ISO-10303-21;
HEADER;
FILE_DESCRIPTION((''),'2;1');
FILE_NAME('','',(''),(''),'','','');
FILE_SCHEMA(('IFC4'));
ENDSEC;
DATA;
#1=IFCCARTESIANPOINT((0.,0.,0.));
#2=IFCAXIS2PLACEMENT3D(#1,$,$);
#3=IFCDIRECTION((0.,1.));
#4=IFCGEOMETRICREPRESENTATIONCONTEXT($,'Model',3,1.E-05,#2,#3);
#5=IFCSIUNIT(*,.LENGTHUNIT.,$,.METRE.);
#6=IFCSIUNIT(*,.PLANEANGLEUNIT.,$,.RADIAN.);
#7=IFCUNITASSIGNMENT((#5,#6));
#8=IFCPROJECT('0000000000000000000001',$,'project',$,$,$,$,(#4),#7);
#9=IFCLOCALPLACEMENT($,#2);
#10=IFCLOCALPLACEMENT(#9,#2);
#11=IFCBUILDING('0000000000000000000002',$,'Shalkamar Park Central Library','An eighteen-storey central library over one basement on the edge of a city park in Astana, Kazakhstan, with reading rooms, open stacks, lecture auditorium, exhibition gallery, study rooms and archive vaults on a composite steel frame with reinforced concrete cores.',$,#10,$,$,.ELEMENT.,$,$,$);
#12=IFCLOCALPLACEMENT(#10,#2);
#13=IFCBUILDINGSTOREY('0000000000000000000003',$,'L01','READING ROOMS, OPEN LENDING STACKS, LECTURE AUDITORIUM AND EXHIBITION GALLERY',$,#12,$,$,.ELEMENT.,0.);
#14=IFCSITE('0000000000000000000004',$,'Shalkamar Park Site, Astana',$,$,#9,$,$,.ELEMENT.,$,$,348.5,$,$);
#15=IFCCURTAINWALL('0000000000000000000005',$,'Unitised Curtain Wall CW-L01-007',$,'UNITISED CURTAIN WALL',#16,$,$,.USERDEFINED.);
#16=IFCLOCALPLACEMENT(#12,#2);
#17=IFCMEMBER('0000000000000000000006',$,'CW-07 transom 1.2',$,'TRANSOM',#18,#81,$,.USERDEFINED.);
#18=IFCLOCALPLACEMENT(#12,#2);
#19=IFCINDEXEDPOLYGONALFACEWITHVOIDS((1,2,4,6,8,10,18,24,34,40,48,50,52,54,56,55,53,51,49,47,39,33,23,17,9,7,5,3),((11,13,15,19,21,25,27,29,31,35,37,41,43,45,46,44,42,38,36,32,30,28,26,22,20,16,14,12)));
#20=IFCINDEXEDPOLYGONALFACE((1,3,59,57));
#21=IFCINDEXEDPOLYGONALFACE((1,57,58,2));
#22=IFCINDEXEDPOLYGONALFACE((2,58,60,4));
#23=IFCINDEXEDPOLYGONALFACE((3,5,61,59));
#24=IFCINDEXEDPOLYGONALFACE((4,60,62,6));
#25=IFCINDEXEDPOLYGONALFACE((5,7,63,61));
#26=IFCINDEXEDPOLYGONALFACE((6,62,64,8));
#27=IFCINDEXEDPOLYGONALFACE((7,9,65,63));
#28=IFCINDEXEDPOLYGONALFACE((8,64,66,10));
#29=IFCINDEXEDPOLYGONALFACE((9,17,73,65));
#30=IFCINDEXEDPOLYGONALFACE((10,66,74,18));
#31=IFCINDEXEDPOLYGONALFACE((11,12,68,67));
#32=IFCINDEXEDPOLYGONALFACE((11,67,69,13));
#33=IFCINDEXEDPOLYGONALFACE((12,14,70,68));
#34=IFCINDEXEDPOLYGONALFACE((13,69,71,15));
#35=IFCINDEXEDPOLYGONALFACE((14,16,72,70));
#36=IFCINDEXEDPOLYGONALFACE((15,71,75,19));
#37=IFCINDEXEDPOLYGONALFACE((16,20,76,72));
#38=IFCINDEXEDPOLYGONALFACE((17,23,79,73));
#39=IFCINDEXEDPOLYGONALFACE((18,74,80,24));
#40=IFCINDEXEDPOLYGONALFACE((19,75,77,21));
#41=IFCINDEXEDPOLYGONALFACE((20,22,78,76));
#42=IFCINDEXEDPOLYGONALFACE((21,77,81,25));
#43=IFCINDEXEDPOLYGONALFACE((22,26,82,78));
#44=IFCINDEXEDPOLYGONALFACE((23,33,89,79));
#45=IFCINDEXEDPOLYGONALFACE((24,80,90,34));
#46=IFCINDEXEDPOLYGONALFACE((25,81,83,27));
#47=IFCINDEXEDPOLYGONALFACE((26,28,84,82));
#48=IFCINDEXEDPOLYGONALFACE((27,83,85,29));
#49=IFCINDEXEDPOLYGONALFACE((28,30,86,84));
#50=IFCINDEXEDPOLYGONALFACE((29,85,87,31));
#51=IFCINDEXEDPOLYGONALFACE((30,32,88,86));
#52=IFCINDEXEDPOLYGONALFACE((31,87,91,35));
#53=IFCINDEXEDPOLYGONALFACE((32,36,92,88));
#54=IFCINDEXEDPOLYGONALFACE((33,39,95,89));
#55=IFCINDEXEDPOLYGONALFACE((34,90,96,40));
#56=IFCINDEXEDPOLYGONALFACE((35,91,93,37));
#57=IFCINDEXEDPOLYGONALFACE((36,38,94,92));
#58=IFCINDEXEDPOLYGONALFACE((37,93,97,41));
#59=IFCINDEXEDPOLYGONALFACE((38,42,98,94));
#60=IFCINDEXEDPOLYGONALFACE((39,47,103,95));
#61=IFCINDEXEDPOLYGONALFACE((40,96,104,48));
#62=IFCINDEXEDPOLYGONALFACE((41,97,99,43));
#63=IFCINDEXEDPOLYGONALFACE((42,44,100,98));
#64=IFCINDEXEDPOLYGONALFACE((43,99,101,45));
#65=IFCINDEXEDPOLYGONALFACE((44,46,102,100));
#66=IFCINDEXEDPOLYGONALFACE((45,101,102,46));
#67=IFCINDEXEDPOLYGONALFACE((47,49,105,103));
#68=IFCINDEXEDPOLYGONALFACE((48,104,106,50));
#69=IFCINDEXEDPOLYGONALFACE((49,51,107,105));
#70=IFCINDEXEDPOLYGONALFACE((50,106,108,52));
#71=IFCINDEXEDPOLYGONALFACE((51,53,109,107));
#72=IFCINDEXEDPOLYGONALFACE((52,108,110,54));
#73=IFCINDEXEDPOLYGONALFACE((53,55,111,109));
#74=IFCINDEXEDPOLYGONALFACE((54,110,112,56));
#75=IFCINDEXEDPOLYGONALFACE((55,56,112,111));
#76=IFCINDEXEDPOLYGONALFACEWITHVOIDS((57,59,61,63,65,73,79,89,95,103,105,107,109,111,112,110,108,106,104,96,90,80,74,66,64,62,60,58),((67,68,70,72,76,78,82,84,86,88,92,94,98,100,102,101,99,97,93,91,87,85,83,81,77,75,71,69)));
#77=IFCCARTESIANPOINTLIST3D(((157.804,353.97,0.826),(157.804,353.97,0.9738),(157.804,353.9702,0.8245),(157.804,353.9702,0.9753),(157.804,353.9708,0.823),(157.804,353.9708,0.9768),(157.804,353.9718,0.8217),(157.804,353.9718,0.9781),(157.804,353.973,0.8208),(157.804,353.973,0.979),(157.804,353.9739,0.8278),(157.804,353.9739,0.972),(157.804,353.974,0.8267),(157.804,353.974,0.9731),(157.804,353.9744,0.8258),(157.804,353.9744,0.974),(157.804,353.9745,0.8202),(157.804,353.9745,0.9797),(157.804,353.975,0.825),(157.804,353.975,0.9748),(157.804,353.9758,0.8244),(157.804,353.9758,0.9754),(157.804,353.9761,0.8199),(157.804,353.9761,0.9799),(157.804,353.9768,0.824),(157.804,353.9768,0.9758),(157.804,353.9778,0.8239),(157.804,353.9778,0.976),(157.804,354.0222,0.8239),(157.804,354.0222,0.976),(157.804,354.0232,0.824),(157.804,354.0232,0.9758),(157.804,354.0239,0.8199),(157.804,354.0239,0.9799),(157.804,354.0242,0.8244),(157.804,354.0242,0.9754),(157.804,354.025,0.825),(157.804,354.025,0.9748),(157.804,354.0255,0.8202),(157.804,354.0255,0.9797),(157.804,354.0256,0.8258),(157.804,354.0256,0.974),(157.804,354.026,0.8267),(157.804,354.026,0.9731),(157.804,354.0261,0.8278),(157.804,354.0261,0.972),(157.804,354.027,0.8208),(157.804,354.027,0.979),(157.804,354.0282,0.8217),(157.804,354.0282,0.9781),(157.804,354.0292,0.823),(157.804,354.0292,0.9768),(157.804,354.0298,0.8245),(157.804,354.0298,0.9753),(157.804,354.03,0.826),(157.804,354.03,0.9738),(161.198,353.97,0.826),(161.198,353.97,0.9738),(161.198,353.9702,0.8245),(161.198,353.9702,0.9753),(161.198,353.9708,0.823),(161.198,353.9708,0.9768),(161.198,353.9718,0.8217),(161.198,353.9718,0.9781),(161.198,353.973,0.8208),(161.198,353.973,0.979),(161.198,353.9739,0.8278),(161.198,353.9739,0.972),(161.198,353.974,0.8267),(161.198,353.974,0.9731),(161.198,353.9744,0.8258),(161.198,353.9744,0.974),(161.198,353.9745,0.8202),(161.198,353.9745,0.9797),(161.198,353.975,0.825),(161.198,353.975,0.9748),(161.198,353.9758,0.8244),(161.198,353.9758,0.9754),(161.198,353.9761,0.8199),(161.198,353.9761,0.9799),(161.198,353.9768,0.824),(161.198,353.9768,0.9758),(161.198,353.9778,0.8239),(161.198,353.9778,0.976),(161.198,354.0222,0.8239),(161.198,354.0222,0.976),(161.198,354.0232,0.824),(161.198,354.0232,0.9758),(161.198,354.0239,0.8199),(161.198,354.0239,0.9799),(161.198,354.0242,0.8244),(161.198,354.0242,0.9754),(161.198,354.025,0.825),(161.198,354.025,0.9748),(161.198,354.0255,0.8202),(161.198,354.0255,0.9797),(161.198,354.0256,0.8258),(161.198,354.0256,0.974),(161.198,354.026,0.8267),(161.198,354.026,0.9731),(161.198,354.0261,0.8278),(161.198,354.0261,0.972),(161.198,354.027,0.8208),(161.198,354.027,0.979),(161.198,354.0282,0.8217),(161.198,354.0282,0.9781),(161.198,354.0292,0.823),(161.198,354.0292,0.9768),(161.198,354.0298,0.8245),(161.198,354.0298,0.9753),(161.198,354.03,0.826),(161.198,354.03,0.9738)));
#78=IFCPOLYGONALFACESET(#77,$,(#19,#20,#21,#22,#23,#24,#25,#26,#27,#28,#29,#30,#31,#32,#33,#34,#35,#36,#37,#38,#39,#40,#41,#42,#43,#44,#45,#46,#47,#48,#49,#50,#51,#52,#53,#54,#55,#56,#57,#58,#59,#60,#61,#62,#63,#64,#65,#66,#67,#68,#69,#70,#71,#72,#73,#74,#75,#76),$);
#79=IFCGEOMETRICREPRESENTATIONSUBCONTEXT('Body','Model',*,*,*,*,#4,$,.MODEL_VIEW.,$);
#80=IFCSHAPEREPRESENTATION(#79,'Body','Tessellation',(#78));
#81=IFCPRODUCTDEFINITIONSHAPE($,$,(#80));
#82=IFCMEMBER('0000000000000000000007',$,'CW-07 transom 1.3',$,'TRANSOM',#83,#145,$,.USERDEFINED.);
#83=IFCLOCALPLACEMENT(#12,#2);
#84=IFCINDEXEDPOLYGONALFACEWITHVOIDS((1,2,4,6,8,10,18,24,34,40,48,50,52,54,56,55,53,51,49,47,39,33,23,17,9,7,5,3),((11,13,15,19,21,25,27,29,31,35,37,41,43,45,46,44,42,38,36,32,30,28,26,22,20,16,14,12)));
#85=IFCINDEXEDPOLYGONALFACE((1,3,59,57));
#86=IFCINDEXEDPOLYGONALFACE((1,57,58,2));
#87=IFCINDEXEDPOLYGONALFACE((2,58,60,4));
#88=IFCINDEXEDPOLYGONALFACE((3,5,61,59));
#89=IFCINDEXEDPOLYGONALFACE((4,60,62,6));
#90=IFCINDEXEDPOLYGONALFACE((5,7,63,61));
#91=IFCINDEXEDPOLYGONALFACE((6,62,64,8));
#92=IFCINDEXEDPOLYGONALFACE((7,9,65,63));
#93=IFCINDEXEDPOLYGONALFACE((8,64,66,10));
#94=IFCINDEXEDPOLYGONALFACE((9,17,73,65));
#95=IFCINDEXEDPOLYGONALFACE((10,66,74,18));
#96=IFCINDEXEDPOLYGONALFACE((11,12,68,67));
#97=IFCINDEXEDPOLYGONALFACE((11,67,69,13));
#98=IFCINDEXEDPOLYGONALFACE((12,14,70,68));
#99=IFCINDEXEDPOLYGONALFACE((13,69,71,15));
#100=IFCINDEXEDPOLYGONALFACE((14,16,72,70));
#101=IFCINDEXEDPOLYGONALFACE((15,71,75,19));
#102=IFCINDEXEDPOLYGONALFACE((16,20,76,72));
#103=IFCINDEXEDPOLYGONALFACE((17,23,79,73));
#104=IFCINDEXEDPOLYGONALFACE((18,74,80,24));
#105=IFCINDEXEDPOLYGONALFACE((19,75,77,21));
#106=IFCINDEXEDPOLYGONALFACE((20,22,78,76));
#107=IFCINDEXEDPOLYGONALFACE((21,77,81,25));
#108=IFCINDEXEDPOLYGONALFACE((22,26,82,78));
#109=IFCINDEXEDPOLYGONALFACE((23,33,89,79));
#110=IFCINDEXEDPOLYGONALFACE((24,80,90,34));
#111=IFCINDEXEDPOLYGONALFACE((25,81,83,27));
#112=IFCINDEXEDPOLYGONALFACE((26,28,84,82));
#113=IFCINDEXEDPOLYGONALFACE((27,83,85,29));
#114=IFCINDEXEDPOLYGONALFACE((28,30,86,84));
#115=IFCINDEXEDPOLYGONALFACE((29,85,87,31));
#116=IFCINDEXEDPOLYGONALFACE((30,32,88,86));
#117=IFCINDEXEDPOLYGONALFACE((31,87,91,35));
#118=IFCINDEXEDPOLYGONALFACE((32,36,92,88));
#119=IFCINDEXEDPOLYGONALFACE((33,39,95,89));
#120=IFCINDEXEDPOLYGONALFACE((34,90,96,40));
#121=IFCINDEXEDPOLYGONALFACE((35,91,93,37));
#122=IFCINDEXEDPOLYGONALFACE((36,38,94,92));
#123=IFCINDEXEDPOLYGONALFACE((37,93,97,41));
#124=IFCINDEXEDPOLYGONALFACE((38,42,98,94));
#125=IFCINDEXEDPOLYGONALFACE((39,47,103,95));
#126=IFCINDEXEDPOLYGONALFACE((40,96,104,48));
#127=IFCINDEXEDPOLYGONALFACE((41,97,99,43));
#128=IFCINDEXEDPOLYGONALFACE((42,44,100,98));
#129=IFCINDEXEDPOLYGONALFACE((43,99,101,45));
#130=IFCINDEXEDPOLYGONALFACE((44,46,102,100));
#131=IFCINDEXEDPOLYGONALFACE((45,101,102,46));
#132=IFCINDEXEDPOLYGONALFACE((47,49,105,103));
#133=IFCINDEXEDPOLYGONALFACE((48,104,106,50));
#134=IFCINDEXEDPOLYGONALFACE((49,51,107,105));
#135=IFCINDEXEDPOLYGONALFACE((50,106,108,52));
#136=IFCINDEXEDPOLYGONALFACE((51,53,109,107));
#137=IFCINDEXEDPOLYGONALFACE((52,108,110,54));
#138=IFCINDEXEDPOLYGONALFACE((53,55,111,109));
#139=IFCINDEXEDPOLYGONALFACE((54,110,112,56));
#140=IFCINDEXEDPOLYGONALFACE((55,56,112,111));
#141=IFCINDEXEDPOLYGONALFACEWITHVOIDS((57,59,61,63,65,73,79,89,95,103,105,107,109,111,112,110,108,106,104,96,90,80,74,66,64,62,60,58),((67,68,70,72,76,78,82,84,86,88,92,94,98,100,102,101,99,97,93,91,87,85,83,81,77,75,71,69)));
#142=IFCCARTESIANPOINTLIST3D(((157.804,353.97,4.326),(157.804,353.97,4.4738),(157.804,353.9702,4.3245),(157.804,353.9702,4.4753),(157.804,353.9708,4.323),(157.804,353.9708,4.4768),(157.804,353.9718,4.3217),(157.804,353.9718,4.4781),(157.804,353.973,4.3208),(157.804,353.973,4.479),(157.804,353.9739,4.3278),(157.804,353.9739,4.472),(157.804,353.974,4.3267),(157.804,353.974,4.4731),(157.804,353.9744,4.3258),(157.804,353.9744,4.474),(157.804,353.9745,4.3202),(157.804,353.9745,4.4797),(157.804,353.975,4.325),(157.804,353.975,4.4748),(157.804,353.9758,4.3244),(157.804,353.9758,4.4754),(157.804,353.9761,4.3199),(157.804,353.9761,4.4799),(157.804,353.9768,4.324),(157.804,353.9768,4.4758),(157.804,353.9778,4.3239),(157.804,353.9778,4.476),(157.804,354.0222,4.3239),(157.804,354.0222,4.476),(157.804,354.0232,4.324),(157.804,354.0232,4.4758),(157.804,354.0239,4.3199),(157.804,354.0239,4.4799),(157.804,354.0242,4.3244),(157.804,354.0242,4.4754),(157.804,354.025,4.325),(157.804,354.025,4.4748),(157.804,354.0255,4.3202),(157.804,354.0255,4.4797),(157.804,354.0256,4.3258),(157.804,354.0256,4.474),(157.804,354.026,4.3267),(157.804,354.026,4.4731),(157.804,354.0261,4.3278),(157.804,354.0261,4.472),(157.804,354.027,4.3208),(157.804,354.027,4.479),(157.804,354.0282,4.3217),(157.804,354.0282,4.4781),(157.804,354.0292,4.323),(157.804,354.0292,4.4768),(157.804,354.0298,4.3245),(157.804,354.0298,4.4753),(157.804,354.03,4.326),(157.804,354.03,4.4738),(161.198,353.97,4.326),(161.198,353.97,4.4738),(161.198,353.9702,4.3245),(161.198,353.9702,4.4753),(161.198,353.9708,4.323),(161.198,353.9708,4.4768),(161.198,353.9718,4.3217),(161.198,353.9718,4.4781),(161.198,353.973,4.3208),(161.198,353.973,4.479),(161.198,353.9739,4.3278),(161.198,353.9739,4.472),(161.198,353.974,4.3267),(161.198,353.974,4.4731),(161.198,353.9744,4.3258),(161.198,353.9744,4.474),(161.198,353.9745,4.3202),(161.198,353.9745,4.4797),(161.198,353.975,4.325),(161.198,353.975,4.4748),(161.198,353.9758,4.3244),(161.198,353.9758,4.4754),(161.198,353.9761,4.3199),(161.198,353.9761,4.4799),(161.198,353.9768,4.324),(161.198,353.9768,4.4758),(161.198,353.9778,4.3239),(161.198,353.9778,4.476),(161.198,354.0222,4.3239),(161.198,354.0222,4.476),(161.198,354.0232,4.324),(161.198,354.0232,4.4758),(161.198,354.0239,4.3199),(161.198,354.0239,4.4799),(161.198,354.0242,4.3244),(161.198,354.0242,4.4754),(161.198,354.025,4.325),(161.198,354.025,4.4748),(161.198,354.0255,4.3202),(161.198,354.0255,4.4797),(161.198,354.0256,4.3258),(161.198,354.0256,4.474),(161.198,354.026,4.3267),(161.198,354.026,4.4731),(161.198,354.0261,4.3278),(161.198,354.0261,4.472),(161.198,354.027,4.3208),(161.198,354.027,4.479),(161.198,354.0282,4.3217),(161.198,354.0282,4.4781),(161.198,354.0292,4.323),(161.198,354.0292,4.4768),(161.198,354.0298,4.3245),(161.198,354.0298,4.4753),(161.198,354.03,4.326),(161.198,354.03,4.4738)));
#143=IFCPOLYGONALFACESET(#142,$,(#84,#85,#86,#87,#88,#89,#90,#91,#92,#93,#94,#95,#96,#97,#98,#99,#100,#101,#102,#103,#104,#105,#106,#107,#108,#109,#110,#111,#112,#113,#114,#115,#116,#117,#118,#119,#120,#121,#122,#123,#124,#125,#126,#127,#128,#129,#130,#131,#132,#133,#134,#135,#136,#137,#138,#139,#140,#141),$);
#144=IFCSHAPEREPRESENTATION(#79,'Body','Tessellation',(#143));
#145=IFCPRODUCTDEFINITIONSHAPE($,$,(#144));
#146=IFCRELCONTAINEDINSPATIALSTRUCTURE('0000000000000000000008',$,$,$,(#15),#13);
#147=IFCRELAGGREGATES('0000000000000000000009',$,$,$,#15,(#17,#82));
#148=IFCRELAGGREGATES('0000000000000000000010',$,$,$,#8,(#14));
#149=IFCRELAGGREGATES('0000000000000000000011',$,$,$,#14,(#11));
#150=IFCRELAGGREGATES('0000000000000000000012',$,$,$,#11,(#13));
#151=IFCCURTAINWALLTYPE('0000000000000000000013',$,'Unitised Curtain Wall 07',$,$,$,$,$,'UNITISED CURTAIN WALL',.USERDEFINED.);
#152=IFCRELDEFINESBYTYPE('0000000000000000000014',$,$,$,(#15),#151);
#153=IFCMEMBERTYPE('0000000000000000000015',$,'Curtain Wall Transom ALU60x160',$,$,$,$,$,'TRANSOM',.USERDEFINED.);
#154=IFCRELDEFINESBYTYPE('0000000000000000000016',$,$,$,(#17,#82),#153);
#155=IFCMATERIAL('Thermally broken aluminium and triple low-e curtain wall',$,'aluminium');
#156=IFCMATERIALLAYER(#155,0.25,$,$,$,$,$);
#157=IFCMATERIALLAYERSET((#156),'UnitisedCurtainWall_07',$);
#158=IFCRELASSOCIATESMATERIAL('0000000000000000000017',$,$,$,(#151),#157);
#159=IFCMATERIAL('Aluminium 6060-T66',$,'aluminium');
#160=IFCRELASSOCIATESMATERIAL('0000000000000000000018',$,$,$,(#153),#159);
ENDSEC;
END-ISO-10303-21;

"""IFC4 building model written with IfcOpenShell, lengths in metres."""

from ifc_helpers import new_model, si_unit, direction, frame, origin, origin_2d, place, context, subcontext, project, spatial, hollow_rectangle, extrude, material, layer, layer_set, material_profile, profile_set, type_object, element, aggregate, save


model = new_model("IFC4")

# Units and contexts
model_context = context("Model", 3, precision=1e-05, world=origin(), true_north=direction((0.0, 1.0)))
body_context = subcontext(model_context, "Body", "Model", "MODEL_VIEW")
ifc_project = project(units=[si_unit("LENGTHUNIT", "METRE"), si_unit("PLANEANGLEUNIT", "RADIAN")], contexts=[model_context])

# Site, building, storey
site_placement = place(None, origin())
site = spatial("IfcSite", under=ifc_project, at=site_placement, Name="Shalkamar Park Site, Astana", CompositionType="ELEMENT", RefElevation=348.5)
building_placement = place(site_placement, origin())
building = spatial("IfcBuilding", under=site, at=building_placement, Name="Shalkamar Park Central Library", Description="An eighteen-storey central library over one basement on the edge of a city park in Astana, Kazakhstan, with reading rooms, open stacks, lecture auditorium, exhibition gallery, study rooms and archive vaults on a composite steel frame with reinforced concrete cores.", CompositionType="ELEMENT")
storey_placement = place(building_placement, origin())
storey = spatial("IfcBuildingStorey", under=building, at=storey_placement, Name="L01", Description="READING ROOMS, OPEN LENDING STACKS, LECTURE AUDITORIUM AND EXHIBITION GALLERY", CompositionType="ELEMENT", Elevation=0.0)

# Curtain wall
ifc_material_1 = material(Name="Thermally broken aluminium and triple low-e curtain wall", Category="aluminium")
ifc_layer_1 = layer(ifc_material_1, 0.25)
ifc_layer_set_1 = layer_set([ifc_layer_1], Name="UnitisedCurtainWall_07")
curtain_wall_type_1 = type_object("IfcCurtainWallType", Name="Unitised Curtain Wall 07", ElementType="UNITISED CURTAIN WALL", PredefinedType="USERDEFINED", material=ifc_layer_set_1)
curtain_wall_1_placement = place(storey_placement, origin())
curtain_wall_1 = element("IfcCurtainWall", 1, at=curtain_wall_1_placement, inside=storey, type_object=curtain_wall_type_1, Name="Unitised Curtain Wall CW-L01-007", ObjectType="UNITISED CURTAIN WALL", PredefinedType="USERDEFINED")
ifc_material_2 = material(Name="Aluminium 6060-T66", Category="aluminium")

# Members
ifc_material_profile_1 = material_profile(ifc_material_2, hollow_rectangle(XDim=0.0601, YDim=0.1599, WallThickness=0.0039, InnerFilletRadius=0.0039, OuterFilletRadius=0.0061, at=origin_2d()), Name="ALU 60x160x4")
ifc_profile_set_1 = profile_set([ifc_material_profile_1], Name="Aluminium 6060-T66")
member_type_1 = type_object("IfcMemberType", Name="Curtain Wall Transom ALU60x160", ElementType="TRANSOM", PredefinedType="USERDEFINED", material=ifc_profile_set_1)
member_1_placement = place(storey_placement, frame((157.804, 354.0, 0.8999), z_axis=(1.0, 0.0, 0.0), x_axis=(0.0, 1.0, 0.0)))
member_1 = element("IfcMember", 2, at=member_1_placement, type_object=member_type_1, Name="CW-07 transom 1.2", ObjectType="TRANSOM", PredefinedType="USERDEFINED", context=body_context, shape_type="SweptSolid", body=[
    extrude(hollow_rectangle(XDim=0.0601, YDim=0.1599, WallThickness=0.0039, InnerFilletRadius=0.0039, OuterFilletRadius=0.0061, at=origin_2d()), origin(), (0.0, 0.0, 1.0), 3.394),
])
member_2_placement = place(storey_placement, frame((157.804, 354.0, 4.3999), z_axis=(1.0, 0.0, 0.0), x_axis=(0.0, 1.0, 0.0)))
member_2 = element("IfcMember", 3, at=member_2_placement, type_object=member_type_1, Name="CW-07 transom 1.3", ObjectType="TRANSOM", PredefinedType="USERDEFINED", context=body_context, shape_type="SweptSolid", body=[
    extrude(hollow_rectangle(XDim=0.0601, YDim=0.1599, WallThickness=0.0039, InnerFilletRadius=0.0039, OuterFilletRadius=0.0061, at=origin_2d()), origin(), (0.0, 0.0, 1.0), 3.394),
])

aggregate(curtain_wall_1, [member_1, member_2])

save(model, "model.ifc")
